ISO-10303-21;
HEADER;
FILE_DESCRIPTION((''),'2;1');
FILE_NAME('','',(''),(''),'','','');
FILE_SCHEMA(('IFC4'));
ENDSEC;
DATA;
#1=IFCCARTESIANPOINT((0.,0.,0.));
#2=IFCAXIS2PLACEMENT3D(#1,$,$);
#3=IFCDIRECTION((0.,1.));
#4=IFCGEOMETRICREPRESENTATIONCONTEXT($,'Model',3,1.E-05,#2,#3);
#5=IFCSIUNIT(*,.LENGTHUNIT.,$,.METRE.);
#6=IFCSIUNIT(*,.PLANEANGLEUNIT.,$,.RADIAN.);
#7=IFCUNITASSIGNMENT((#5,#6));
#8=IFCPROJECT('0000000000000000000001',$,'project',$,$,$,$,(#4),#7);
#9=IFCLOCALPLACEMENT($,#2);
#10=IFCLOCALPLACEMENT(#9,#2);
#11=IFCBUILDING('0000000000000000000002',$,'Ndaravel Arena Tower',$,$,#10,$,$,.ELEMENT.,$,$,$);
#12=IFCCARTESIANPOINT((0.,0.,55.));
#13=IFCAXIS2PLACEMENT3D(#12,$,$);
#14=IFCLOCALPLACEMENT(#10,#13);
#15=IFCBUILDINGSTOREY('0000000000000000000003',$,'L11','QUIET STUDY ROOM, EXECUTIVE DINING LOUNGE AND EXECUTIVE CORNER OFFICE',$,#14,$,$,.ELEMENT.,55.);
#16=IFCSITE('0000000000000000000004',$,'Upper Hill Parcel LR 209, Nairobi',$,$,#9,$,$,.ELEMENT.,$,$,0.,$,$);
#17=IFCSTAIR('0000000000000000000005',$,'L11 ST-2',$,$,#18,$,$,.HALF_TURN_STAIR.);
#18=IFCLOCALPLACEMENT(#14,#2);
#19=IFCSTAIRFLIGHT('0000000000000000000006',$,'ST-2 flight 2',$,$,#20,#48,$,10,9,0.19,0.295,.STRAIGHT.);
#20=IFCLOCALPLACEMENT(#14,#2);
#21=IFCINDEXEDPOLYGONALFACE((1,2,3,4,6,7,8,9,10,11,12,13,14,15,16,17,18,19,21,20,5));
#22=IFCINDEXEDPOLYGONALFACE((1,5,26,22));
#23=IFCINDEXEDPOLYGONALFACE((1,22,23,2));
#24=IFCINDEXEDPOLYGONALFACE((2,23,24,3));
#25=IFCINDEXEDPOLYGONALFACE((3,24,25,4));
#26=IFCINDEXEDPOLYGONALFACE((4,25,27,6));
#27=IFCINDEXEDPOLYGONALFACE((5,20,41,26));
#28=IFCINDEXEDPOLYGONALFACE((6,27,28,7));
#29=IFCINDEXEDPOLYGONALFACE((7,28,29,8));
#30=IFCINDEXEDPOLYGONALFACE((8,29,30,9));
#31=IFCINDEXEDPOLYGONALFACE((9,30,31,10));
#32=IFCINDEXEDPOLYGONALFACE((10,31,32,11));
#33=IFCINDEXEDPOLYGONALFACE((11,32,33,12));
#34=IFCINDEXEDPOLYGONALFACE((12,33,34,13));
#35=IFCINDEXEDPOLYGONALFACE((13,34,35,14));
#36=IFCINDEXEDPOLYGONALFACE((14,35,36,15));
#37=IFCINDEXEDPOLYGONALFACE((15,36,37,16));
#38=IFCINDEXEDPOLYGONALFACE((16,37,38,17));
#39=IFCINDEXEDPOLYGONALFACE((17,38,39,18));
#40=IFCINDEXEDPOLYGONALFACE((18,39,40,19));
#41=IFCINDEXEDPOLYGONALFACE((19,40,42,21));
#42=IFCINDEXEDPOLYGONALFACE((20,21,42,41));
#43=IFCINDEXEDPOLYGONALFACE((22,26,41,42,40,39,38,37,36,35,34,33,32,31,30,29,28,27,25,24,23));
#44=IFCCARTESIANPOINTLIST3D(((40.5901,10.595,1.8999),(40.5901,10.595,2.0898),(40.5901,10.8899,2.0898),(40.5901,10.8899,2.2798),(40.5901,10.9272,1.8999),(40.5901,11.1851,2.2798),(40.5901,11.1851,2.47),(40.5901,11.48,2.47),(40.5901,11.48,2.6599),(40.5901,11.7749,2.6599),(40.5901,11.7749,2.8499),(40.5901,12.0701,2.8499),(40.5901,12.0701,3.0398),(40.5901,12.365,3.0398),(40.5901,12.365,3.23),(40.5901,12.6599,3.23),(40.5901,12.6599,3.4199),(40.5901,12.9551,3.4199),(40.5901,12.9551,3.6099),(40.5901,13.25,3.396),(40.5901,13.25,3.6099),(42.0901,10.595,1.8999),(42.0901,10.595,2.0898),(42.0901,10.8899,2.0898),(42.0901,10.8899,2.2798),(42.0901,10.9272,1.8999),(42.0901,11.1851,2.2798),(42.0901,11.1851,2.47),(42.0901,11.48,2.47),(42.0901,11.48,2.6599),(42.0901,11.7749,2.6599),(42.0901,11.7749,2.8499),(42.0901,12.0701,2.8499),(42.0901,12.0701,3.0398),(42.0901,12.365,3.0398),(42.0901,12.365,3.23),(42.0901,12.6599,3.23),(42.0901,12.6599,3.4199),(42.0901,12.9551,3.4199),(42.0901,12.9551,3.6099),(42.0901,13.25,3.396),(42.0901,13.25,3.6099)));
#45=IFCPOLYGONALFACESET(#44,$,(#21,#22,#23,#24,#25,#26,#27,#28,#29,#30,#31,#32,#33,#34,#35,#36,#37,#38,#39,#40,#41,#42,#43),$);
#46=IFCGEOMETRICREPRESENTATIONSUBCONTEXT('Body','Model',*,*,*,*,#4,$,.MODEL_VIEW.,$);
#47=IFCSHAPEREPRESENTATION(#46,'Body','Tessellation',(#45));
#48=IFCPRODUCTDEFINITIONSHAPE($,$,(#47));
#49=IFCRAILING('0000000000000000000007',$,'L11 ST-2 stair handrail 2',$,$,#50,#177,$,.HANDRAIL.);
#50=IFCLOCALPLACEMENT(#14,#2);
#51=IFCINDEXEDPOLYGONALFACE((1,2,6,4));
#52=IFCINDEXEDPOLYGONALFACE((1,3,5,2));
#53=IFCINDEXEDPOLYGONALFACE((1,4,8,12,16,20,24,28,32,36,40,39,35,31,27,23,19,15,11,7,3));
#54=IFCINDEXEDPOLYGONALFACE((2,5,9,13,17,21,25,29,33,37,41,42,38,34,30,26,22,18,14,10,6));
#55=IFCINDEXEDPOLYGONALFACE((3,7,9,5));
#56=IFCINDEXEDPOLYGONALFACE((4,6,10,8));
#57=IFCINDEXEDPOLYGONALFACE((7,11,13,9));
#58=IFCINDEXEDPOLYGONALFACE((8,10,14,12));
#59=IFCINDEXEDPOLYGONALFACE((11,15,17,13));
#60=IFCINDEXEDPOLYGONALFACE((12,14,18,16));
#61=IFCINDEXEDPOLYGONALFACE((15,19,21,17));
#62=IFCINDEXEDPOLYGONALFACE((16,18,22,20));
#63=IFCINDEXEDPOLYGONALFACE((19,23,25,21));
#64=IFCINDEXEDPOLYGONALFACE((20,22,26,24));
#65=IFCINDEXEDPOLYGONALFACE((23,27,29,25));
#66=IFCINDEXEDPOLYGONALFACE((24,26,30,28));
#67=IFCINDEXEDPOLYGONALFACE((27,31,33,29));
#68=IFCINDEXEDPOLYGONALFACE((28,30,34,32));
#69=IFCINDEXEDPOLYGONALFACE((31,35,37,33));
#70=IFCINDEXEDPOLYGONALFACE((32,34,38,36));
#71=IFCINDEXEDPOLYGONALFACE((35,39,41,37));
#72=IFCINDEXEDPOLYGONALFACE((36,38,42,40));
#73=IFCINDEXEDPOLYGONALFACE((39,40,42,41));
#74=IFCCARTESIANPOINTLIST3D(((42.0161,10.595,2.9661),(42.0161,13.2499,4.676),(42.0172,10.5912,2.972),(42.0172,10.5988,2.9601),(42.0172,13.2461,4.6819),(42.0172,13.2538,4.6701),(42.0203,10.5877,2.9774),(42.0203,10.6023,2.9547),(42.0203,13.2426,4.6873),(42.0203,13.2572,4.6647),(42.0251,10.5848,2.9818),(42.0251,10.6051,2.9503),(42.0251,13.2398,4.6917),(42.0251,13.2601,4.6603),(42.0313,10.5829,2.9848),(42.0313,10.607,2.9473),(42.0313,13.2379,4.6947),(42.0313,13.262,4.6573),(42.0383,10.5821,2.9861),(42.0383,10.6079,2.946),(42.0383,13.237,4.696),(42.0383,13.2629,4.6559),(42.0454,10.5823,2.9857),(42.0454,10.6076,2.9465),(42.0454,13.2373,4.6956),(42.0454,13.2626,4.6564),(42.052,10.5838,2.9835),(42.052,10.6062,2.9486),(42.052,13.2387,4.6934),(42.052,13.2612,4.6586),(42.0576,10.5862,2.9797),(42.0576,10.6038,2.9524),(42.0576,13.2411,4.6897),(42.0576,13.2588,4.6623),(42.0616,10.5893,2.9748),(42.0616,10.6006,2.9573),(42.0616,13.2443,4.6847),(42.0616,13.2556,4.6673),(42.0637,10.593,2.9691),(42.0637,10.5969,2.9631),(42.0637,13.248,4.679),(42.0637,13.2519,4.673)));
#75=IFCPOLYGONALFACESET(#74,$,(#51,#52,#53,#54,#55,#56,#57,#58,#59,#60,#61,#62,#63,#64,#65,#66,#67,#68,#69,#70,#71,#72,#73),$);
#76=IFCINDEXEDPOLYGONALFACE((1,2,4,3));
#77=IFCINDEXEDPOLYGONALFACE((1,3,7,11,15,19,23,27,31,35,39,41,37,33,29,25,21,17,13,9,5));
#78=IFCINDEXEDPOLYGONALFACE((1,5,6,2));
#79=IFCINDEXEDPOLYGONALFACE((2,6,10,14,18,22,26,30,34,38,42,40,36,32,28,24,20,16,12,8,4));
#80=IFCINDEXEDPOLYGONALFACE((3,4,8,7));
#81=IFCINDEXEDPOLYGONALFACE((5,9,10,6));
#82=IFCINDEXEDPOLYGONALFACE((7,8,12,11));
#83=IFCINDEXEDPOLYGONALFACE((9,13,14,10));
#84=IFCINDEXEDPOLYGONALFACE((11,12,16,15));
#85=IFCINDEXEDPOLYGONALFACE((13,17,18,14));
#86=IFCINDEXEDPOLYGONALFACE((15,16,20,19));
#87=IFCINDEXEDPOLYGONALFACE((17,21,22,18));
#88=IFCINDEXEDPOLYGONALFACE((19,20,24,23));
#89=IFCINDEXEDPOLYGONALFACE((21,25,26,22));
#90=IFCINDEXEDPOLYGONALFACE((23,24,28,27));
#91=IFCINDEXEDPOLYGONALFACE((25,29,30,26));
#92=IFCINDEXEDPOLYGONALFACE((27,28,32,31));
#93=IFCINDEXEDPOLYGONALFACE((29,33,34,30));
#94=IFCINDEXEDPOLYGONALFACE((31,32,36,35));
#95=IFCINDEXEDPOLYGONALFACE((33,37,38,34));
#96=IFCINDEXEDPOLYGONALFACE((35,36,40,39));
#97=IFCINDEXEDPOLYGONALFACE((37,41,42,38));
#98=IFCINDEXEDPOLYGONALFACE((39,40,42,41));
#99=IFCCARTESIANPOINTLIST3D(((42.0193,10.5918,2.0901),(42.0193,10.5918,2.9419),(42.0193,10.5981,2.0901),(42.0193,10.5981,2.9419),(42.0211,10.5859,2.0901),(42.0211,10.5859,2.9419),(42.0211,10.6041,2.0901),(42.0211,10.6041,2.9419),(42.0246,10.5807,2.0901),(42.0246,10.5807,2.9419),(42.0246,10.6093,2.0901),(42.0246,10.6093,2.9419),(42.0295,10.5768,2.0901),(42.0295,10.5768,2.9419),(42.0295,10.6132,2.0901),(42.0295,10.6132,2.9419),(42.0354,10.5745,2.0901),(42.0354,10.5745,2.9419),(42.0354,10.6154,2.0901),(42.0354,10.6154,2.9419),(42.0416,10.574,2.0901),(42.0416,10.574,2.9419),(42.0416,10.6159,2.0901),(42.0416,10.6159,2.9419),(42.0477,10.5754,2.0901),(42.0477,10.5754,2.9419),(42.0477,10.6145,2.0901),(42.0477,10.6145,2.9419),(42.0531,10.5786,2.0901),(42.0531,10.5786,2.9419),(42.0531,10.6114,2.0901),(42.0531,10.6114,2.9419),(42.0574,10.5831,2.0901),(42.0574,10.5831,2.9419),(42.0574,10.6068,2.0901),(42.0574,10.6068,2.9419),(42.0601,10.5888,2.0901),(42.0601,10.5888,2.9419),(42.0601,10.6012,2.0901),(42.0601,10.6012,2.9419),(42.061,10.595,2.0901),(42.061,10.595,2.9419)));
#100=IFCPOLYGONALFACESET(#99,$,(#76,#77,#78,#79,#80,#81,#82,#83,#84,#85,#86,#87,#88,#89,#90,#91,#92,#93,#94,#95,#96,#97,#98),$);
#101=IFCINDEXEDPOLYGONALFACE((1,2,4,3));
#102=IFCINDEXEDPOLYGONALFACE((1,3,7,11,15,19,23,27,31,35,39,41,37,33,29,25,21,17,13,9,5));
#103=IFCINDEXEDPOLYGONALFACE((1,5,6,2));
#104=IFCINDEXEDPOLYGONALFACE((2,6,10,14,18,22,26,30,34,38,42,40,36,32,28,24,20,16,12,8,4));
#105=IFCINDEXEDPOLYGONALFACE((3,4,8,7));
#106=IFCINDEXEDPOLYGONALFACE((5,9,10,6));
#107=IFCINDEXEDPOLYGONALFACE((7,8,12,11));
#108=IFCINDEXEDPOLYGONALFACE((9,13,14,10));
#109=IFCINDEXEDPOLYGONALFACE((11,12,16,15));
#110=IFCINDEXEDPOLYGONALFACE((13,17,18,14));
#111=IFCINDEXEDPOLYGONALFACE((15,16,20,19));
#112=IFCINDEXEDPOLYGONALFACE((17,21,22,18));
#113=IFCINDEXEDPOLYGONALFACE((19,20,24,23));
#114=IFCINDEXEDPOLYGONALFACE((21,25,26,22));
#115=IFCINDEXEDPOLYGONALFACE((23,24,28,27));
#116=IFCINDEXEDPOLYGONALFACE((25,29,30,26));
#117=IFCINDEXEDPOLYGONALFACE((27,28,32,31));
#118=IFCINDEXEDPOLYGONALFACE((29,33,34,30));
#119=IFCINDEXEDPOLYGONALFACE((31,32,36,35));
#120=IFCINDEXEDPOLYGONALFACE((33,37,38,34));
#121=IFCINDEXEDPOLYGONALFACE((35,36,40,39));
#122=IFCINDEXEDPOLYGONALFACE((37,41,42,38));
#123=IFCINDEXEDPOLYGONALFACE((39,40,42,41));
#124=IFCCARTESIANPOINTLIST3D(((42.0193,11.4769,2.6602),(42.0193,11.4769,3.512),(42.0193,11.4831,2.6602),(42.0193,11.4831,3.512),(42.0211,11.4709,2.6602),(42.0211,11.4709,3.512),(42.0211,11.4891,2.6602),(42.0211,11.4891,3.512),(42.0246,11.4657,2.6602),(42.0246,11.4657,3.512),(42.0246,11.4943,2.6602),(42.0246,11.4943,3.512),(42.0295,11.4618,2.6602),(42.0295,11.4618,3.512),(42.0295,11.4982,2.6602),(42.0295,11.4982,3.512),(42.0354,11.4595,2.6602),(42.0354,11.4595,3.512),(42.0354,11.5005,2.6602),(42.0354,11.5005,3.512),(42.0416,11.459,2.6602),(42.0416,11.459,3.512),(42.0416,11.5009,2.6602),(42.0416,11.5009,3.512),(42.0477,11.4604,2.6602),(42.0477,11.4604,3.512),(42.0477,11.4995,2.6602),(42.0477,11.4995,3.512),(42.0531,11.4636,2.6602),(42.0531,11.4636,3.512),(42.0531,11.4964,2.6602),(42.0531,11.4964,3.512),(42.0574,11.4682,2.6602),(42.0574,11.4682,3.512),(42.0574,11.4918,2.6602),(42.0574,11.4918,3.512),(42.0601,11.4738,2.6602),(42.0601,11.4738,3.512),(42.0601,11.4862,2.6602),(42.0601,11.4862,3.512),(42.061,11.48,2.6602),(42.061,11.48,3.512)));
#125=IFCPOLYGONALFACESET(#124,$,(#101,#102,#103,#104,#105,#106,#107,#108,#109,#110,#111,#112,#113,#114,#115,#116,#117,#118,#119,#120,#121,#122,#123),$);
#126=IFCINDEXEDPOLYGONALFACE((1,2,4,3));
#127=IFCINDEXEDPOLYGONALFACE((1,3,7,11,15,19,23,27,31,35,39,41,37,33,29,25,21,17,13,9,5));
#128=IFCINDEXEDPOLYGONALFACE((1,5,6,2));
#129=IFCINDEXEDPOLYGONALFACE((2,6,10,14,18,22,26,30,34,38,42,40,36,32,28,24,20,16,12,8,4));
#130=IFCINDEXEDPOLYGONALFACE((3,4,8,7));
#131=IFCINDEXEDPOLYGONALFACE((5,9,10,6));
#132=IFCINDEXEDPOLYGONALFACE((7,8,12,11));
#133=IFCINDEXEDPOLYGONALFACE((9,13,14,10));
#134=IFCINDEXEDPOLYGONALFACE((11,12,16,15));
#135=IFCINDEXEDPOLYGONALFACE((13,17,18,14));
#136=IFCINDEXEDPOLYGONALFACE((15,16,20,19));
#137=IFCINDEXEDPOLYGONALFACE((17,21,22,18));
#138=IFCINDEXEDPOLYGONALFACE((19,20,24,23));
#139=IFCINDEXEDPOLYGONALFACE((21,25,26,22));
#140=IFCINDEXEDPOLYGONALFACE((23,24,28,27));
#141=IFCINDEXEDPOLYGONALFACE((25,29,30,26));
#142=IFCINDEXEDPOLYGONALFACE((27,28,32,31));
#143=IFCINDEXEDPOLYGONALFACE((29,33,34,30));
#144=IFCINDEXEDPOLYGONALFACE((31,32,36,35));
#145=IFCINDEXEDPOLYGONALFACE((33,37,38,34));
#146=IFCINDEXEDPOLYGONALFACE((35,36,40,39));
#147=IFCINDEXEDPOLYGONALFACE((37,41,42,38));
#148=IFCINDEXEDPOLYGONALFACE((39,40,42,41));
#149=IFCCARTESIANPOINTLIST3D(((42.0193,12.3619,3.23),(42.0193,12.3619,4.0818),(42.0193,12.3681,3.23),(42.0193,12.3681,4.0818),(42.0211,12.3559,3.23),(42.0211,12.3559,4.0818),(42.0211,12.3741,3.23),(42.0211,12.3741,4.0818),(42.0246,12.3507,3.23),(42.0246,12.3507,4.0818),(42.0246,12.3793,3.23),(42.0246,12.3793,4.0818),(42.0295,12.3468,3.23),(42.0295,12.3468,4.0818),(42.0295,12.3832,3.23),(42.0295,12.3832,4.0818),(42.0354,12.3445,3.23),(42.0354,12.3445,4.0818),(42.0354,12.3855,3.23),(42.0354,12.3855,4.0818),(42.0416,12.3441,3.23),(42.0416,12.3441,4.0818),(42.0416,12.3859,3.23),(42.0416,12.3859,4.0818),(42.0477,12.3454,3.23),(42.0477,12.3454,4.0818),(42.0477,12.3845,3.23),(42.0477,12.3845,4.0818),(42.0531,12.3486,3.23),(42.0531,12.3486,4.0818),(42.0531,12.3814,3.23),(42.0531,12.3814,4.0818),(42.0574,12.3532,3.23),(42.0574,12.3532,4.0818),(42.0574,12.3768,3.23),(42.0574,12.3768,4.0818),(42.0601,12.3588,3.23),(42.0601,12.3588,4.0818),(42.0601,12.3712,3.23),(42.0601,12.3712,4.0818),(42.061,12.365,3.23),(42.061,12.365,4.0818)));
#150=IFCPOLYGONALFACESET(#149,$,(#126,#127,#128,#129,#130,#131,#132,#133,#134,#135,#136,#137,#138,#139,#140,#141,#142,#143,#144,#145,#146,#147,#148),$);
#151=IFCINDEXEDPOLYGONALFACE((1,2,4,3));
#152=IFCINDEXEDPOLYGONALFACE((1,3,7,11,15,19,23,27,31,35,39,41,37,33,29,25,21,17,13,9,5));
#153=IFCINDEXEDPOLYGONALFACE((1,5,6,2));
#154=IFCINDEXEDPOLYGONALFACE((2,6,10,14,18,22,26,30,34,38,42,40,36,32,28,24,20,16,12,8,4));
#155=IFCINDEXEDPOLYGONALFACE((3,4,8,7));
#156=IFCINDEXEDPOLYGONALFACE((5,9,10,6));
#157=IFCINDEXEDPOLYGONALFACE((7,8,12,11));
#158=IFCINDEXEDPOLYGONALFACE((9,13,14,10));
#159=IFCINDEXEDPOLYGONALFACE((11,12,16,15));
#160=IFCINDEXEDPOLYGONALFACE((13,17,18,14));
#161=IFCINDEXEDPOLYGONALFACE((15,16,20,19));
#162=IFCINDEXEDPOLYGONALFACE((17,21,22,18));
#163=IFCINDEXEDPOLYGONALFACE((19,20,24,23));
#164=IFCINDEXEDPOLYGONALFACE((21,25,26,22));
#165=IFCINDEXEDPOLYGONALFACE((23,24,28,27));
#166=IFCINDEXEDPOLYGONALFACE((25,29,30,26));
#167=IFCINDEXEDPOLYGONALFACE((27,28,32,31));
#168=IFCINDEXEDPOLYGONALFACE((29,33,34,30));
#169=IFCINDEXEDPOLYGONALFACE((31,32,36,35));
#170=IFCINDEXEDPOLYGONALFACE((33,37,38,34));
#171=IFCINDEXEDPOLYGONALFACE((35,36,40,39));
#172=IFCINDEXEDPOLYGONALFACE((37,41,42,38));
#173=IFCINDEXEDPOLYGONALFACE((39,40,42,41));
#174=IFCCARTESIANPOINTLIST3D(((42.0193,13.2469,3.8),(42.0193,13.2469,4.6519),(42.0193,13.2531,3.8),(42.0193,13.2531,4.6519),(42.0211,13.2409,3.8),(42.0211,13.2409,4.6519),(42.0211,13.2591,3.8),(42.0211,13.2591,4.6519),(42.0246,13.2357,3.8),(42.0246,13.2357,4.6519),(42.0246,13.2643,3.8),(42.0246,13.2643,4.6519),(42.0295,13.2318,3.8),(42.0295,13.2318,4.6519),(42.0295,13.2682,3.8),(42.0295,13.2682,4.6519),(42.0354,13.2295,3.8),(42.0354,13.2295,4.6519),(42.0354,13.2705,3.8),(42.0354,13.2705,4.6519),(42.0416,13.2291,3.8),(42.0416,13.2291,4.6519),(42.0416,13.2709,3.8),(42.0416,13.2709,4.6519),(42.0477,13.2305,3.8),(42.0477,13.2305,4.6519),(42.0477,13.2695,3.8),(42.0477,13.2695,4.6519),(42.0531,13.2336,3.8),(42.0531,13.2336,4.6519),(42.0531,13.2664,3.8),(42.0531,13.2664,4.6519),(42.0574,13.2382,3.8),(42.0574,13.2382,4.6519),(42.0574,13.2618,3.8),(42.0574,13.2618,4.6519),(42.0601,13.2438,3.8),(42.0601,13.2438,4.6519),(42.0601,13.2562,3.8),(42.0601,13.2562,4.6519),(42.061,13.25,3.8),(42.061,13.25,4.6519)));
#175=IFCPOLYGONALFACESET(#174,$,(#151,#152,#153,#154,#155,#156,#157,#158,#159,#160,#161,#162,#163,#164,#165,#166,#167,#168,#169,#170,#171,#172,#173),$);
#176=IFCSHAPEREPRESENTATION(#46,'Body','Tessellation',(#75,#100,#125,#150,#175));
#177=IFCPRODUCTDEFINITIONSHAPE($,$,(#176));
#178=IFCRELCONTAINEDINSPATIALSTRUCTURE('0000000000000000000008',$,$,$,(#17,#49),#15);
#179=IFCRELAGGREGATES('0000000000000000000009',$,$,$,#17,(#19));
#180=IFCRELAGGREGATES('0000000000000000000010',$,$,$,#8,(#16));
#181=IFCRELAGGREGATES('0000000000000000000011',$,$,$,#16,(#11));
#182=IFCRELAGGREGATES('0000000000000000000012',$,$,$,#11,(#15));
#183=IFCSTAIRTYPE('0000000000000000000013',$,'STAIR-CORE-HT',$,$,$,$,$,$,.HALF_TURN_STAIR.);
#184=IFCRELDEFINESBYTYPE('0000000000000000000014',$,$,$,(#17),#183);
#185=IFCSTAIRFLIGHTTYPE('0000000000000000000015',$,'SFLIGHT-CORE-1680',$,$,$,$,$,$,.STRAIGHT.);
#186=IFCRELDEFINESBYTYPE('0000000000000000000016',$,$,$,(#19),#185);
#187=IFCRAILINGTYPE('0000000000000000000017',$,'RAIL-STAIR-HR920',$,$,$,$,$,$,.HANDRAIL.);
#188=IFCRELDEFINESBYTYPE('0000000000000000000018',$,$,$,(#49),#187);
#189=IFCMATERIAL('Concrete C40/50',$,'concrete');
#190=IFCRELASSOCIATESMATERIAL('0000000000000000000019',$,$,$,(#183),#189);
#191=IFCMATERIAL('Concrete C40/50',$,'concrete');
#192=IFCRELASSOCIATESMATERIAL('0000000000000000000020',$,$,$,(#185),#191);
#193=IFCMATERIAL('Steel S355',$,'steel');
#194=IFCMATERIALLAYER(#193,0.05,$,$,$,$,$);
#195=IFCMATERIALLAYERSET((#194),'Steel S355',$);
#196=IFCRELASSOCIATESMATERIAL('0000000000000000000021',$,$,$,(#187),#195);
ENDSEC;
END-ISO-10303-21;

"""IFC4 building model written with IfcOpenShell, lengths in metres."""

from ifc_helpers import new_model, si_unit, direction, frame, origin, origin_2d, place, context, subcontext, project, spatial, polyline, circle, outline, extrude, material, layer, layer_set, type_object, element, aggregate, save


model = new_model("IFC4")

# Units and contexts
model_context = context("Model", 3, precision=1e-05, world=origin(), true_north=direction((0.0, 1.0)))
body_context = subcontext(model_context, "Body", "Model", "MODEL_VIEW")
ifc_project = project(units=[si_unit("LENGTHUNIT", "METRE"), si_unit("PLANEANGLEUNIT", "RADIAN")], contexts=[model_context])

# Site, building, storey
site_placement = place(None, origin())
site = spatial("IfcSite", under=ifc_project, at=site_placement, Name="Upper Hill Parcel LR 209, Nairobi", CompositionType="ELEMENT", RefElevation=0.0)
building_placement = place(site_placement, origin())
building = spatial("IfcBuilding", under=site, at=building_placement, Name="Ndaravel Arena Tower", CompositionType="ELEMENT")
storey_placement = place(building_placement, frame((0.0, 0.0, 55.0)))
storey = spatial("IfcBuildingStorey", under=building, at=storey_placement, Name="L11", Description="QUIET STUDY ROOM, EXECUTIVE DINING LOUNGE AND EXECUTIVE CORNER OFFICE", CompositionType="ELEMENT", Elevation=55.0)

# Stair, stair flight
ifc_material_1 = material(Name="Concrete C40/50", Category="concrete")
stair_type = type_object("IfcStairType", Name="STAIR-CORE-HT", PredefinedType="HALF_TURN_STAIR", material=ifc_material_1)
stair_placement = place(storey_placement, origin())
stair = element("IfcStair", 1, at=stair_placement, inside=storey, type_object=stair_type, Name="L11 ST-2", PredefinedType="HALF_TURN_STAIR")
ifc_material_2 = material(Name="Concrete C40/50", Category="concrete")
stair_flight_type = type_object("IfcStairFlightType", Name="SFLIGHT-CORE-1680", PredefinedType="STRAIGHT", material=ifc_material_2)
stair_flight_placement = place(storey_placement, frame((41.3401, 10.595, 1.8999), z_axis=(0.0, 0.0, 1.0), x_axis=(0.0, 1.0, 0.0)))
stair_flight = element("IfcStairFlight", 2, at=stair_flight_placement, type_object=stair_flight_type, Name="ST-2 flight 2", NumberOfRisers=10, NumberOfTreads=9, PredefinedType="STRAIGHT", RiserHeight=0.19, TreadLength=0.295, context=body_context, shape_type="SweptSolid", body=[
    extrude(outline(polyline([(0.0, 0.0), (0.0, 0.1899), (0.2949, 0.1899), (0.2949, 0.3799), (0.5901, 0.3799), (0.5901, 0.5701), (0.885, 0.5701), (0.885, 0.76), (1.1799, 0.76), (1.1799, 0.95), (1.4751, 0.95), (1.4751, 1.1399), (1.77, 1.1399), (1.77, 1.3301), (2.0649, 1.3301), (2.0649, 1.52), (2.3601, 1.52), (2.3601, 1.71), (2.655, 1.71), (2.655, 1.8999), (2.655, 1.4961), (0.3323, 0.0), (0.0, 0.0)])), frame((0.0, 0.75, 0.0), z_axis=(0.0, -1.0, 0.0), x_axis=(1.0, 0.0, 0.0)), (0.0, 0.0, 1.0), 1.5),
])
aggregate(stair, [stair_flight])

# Railing
ifc_material_3 = material(Name="Steel S355", Category="steel")
ifc_layer_1 = layer(ifc_material_3, 0.05)
ifc_layer_set_1 = layer_set([ifc_layer_1], Name="Steel S355")
railing_type_1 = type_object("IfcRailingType", Name="RAIL-STAIR-HR920", PredefinedType="HANDRAIL", material=ifc_layer_set_1)
railing_1_placement = place(storey_placement, frame((42.04, 10.595, 2.0901)))
element("IfcRailing", 3, at=railing_1_placement, inside=storey, type_object=railing_type_1, Name="L11 ST-2 stair handrail 2", PredefinedType="HANDRAIL", context=body_context, shape_type="SweptSolid", body=[
    extrude(circle(Radius=0.0239, at=origin_2d()), frame((0.0, 0.0, 0.876), z_axis=(0.0, 0.840724, 0.541465), x_axis=(-1.0, 0.0, 0.0)), (0.0, 0.0, 1.0), 3.158),
    extrude(circle(Radius=0.021, at=origin_2d()), origin(), (0.0, 0.0, 1.0), 0.8518),
    extrude(circle(Radius=0.021, at=origin_2d()), frame((0.0, 0.885, 0.5701)), (0.0, 0.0, 1.0), 0.8518),
    extrude(circle(Radius=0.021, at=origin_2d()), frame((0.0, 1.77, 1.1399)), (0.0, 0.0, 1.0), 0.8518),
    extrude(circle(Radius=0.021, at=origin_2d()), frame((0.0, 2.655, 1.71)), (0.0, 0.0, 1.0), 0.8518),
])

save(model, "model.ifc")
